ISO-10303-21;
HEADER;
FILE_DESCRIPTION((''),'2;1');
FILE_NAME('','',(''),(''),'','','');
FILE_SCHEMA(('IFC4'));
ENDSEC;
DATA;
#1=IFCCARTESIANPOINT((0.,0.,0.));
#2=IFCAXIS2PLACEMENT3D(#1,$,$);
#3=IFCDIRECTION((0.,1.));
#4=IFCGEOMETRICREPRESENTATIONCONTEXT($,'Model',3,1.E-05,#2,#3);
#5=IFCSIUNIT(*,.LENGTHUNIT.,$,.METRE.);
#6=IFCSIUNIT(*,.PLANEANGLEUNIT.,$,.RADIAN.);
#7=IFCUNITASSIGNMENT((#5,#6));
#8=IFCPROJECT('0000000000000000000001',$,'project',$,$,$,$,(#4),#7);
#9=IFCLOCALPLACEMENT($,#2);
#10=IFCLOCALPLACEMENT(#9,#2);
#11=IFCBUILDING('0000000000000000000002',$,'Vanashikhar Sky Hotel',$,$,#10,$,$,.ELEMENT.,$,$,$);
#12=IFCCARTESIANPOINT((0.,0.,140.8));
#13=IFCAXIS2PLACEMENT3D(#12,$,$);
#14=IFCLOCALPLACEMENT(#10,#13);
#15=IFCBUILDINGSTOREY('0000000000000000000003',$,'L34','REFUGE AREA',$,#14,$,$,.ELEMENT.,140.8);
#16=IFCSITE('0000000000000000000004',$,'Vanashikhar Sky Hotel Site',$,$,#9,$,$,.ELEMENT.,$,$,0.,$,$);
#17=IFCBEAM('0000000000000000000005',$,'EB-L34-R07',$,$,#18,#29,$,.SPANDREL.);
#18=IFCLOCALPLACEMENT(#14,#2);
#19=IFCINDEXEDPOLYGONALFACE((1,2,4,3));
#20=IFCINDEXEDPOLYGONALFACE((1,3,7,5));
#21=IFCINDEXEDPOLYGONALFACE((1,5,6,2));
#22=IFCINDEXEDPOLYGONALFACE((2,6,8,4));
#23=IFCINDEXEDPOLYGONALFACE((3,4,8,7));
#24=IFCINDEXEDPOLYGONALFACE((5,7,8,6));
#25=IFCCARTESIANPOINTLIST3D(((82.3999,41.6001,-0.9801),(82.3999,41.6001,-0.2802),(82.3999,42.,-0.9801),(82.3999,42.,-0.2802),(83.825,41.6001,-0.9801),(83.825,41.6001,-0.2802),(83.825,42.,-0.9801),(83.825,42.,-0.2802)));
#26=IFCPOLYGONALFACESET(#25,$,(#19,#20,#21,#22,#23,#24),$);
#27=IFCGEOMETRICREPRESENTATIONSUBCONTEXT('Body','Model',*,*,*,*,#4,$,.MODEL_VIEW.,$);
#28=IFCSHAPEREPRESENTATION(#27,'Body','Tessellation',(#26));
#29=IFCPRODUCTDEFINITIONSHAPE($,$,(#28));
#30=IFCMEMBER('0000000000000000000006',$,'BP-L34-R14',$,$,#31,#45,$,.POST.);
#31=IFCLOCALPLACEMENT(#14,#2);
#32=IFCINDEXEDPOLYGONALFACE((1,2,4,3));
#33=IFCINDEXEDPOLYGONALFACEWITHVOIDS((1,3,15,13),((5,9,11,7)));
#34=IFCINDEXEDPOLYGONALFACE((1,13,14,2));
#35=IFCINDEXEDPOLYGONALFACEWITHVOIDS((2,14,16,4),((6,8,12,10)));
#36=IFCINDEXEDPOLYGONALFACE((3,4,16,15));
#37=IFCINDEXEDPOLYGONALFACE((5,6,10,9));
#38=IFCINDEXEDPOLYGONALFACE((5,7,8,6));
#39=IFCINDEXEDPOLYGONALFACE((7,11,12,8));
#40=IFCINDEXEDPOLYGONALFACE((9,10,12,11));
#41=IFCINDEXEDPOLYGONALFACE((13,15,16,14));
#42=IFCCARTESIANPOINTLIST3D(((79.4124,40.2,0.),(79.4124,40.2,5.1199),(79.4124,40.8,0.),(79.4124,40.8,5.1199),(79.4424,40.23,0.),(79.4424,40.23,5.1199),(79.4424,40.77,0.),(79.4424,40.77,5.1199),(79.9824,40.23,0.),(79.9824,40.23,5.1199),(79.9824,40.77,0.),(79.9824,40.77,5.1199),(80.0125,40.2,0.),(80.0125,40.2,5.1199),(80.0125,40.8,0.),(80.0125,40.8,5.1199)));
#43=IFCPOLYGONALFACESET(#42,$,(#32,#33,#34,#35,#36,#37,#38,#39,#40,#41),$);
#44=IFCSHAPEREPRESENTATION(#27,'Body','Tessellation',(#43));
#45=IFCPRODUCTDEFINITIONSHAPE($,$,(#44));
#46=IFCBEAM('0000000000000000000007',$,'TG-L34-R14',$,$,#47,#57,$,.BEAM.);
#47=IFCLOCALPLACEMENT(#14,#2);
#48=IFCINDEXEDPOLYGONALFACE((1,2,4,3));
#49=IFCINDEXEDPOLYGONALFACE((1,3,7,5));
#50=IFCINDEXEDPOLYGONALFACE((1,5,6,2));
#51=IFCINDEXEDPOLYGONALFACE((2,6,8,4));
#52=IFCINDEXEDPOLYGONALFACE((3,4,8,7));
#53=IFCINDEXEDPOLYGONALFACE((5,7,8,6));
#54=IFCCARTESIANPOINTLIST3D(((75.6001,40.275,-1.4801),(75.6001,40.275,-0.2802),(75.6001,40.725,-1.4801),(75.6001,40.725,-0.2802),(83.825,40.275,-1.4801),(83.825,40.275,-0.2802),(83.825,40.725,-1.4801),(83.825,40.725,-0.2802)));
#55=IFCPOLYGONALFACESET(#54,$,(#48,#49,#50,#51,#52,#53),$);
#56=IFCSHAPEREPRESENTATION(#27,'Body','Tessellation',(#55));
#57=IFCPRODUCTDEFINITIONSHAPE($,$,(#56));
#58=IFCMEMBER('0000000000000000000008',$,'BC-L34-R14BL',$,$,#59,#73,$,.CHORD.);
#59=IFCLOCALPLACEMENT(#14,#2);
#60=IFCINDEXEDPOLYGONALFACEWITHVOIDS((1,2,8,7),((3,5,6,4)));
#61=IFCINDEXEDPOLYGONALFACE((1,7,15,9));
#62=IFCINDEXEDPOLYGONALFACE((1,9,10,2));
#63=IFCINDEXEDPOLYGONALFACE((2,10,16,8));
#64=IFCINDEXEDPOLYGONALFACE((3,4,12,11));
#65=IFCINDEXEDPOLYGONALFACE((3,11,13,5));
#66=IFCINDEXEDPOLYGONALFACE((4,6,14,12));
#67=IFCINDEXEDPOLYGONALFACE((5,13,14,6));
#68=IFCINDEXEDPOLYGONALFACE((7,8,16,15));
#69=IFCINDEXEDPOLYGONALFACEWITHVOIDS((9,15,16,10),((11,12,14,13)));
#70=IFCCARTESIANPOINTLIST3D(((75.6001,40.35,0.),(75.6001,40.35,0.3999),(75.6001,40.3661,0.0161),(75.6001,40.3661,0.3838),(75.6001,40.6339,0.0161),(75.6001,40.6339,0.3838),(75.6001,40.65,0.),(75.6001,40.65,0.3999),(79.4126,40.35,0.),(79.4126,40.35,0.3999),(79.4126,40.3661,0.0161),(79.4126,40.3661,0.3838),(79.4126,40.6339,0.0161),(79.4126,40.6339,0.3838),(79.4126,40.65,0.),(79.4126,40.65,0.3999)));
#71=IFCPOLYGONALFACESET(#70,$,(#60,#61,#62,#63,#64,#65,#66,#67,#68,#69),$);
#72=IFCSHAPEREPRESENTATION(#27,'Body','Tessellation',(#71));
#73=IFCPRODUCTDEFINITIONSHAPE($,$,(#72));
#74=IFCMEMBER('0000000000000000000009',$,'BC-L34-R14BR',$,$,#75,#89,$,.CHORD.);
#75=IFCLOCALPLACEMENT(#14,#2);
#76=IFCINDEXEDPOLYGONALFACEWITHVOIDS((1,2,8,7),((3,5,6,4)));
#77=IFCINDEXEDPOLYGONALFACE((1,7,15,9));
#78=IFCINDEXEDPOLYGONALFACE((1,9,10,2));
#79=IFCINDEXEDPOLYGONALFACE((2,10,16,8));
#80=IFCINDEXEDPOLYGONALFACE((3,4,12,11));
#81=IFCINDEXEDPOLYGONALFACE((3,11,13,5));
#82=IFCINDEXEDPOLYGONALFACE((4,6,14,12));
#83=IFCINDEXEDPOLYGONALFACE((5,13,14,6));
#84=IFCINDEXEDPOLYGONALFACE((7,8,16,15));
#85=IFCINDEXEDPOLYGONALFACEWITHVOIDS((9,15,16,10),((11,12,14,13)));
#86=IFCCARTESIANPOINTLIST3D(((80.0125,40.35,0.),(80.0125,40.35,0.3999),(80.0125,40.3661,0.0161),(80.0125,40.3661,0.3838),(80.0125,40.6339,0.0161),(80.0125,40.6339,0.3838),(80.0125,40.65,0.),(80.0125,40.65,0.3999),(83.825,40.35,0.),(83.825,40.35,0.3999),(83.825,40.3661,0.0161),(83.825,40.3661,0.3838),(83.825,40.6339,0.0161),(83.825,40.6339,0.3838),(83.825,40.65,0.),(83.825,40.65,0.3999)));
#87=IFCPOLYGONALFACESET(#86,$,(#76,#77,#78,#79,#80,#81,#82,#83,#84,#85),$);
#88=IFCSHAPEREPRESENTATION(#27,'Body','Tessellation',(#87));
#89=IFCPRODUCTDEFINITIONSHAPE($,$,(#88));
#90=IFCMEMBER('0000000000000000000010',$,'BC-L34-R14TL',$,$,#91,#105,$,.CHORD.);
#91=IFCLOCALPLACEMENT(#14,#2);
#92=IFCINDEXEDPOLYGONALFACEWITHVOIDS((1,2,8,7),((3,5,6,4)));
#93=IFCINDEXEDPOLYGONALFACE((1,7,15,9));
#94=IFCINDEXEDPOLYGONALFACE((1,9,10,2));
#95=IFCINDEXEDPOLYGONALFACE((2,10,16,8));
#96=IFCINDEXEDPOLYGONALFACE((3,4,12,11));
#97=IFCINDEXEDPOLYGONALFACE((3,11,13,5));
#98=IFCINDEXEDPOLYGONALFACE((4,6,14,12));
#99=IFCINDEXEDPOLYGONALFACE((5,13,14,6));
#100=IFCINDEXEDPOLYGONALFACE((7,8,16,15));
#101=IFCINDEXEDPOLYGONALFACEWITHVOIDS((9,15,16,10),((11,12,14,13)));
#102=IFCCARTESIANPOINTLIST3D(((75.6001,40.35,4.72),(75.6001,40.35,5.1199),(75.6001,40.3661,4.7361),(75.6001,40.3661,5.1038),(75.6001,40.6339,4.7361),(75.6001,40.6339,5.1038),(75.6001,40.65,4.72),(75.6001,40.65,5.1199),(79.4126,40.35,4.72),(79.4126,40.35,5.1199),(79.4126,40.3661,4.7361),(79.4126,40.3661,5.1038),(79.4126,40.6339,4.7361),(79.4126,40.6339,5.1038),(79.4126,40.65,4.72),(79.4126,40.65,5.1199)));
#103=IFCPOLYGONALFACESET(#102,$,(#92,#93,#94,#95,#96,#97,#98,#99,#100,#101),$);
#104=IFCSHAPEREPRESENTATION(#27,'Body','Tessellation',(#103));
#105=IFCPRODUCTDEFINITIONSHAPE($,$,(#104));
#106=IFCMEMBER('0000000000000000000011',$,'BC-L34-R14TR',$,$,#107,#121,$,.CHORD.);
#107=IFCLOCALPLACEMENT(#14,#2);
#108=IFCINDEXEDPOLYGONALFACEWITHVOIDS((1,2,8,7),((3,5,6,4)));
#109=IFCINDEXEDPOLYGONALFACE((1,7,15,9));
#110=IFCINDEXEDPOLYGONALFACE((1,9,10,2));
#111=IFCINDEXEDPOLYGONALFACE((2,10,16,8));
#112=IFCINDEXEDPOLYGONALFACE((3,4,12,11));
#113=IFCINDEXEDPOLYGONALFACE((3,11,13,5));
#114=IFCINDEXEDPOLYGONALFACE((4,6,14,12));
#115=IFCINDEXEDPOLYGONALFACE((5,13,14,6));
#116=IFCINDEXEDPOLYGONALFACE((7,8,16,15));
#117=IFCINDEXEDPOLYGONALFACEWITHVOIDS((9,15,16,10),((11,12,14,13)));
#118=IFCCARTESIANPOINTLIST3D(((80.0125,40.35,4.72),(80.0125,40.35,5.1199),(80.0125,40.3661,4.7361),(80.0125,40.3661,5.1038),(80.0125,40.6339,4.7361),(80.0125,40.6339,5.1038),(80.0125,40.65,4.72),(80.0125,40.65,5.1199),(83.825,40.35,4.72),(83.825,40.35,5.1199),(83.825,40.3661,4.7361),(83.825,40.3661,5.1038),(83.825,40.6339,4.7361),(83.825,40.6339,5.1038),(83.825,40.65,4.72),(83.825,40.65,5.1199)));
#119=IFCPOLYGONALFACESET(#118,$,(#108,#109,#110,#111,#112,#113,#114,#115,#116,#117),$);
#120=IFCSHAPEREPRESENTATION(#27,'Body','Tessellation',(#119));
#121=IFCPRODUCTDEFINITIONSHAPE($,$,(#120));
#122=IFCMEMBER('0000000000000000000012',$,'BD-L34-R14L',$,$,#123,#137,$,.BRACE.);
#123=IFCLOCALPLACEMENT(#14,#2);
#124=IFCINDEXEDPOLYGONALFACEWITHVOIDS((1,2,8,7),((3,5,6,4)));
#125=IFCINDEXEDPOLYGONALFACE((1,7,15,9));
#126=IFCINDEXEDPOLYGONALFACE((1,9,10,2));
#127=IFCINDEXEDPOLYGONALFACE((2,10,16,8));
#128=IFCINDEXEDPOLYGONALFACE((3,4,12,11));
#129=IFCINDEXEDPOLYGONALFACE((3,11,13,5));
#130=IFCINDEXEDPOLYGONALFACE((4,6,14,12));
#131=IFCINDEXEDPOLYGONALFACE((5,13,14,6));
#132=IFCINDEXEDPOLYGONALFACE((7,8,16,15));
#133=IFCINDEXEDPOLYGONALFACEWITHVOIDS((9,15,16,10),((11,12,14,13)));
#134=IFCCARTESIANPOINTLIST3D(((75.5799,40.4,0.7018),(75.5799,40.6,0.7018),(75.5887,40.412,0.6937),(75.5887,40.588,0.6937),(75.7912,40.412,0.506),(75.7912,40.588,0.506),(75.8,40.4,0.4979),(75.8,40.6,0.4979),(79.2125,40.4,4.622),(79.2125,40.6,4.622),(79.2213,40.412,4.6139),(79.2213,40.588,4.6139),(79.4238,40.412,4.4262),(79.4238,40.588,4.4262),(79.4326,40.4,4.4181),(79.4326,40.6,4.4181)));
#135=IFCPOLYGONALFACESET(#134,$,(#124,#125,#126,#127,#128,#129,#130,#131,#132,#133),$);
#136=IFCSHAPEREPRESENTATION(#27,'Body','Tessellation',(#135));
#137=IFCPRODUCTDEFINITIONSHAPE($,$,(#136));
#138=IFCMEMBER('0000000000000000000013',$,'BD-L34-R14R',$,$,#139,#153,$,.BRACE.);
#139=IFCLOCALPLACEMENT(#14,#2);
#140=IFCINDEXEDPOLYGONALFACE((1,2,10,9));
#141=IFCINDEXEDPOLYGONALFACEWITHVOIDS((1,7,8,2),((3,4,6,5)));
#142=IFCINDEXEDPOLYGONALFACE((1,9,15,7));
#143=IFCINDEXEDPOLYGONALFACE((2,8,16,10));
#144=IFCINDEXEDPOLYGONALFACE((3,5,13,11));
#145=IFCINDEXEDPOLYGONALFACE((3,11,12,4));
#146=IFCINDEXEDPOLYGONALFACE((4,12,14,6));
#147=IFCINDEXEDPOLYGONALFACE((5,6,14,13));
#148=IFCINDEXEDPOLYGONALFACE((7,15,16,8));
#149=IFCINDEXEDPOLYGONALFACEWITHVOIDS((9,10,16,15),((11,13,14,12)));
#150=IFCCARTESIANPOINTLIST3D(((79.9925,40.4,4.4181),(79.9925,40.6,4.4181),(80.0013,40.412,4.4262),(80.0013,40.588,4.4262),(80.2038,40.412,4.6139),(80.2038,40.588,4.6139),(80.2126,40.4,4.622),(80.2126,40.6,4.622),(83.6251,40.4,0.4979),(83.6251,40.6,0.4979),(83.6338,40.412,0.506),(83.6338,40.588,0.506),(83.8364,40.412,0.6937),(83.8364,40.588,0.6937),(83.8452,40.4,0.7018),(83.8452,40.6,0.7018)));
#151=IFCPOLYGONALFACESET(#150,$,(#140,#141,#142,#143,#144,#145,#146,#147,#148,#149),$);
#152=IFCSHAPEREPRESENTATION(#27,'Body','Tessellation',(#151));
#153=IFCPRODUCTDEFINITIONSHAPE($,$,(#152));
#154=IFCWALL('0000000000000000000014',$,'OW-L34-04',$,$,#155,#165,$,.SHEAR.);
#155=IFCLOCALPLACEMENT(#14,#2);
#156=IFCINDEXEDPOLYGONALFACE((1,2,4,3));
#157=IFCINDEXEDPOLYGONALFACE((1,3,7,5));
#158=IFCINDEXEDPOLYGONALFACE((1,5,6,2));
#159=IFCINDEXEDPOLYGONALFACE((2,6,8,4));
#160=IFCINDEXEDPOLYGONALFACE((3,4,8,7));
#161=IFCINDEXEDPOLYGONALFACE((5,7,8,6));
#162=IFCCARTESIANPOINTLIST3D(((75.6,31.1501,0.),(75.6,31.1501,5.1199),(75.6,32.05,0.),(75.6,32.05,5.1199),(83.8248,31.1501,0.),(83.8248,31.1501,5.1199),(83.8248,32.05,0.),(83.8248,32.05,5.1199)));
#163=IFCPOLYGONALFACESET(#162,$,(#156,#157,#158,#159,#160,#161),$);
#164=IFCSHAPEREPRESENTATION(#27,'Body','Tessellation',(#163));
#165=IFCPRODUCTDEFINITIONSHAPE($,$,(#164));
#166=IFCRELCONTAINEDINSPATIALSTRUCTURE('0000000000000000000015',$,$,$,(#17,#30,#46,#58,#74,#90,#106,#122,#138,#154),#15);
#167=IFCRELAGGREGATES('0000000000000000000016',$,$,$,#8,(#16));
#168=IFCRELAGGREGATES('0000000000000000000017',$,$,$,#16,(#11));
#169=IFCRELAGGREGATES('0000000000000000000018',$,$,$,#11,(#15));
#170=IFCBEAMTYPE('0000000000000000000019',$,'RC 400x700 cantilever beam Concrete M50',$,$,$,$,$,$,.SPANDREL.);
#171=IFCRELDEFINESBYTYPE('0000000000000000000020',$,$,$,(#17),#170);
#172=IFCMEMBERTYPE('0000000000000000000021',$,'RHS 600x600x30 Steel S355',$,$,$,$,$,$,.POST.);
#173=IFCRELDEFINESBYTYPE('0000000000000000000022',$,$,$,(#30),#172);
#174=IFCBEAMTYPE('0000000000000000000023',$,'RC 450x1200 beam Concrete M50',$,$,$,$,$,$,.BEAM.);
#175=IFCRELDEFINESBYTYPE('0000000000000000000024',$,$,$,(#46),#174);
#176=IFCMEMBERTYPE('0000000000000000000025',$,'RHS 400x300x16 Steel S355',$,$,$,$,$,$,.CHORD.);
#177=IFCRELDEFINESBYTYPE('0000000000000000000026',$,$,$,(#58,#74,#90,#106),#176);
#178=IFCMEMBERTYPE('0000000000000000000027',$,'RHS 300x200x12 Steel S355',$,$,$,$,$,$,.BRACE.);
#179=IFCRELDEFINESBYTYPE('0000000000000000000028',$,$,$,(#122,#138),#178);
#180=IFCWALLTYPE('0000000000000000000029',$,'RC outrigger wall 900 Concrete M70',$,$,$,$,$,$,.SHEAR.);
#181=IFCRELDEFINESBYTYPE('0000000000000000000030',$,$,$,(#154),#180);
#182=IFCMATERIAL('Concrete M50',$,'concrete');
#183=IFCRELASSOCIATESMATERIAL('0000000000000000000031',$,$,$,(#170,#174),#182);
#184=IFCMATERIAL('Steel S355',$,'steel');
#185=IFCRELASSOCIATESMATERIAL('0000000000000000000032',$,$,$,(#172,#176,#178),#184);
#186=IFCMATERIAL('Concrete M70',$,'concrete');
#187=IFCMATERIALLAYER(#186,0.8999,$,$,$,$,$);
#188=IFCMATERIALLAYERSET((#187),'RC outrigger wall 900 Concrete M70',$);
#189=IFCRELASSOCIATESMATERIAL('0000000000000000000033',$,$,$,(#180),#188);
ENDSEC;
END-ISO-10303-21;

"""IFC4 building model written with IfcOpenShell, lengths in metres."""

from ifc_helpers import new_model, si_unit, direction, frame, frame_2d, origin, origin_2d, place, context, subcontext, project, spatial, rectangle, hollow_rectangle, extrude, source, transform, mapped, material, layer, layer_set, material_profile, profile_set, type_object, element, save


model = new_model("IFC4")

# Units and contexts
model_context = context("Model", 3, precision=1e-05, world=origin(), true_north=direction((0.0, 1.0)))
body_context = subcontext(model_context, "Body", "Model", "MODEL_VIEW")
ifc_project = project(units=[si_unit("LENGTHUNIT", "METRE"), si_unit("PLANEANGLEUNIT", "RADIAN")], contexts=[model_context])

# Site, building, storey
site_placement = place(None, origin())
site = spatial("IfcSite", under=ifc_project, at=site_placement, Name="Vanashikhar Sky Hotel Site", CompositionType="ELEMENT", RefElevation=0.0)
building_placement = place(site_placement, origin())
building = spatial("IfcBuilding", under=site, at=building_placement, Name="Vanashikhar Sky Hotel", CompositionType="ELEMENT")
storey_placement = place(building_placement, frame((0.0, 0.0, 140.8)))
storey = spatial("IfcBuildingStorey", under=building, at=storey_placement, Name="L34", Description="REFUGE AREA", CompositionType="ELEMENT", Elevation=140.8)

# Beam
ifc_material_1 = material(Name="Concrete M50", Category="concrete")
ifc_material_profile_1 = material_profile(ifc_material_1, rectangle(XDim=0.3999, YDim=0.7, at=origin_2d()))
ifc_profile_set_1 = profile_set([ifc_material_profile_1], Name="RC 400x700 cantilever beam Concrete M50")
beam_type_1 = type_object("IfcBeamType", Name="RC 400x700 cantilever beam Concrete M50", PredefinedType="SPANDREL", material=ifc_profile_set_1)
shared_shape_1 = source(origin(), body_context, "Body", "SweptSolid", [
    extrude(rectangle(XDim=0.3999, YDim=0.7, at=origin_2d()), origin(), (0.0, 0.0, 1.0), 1.425),
])
beam_1_placement = place(storey_placement, frame((82.3999, 41.8, -0.6301), z_axis=(1.0, 0.0, 0.0), x_axis=(0.0, 1.0, 0.0)))
element("IfcBeam", 1, at=beam_1_placement, inside=storey, type_object=beam_type_1, Name="EB-L34-R07", PredefinedType="SPANDREL", context=body_context, shape_type="MappedRepresentation", body=[
    mapped(shared_shape_1, transform((0.0, 0.0, 0.0), scale=1.0)),
])

# Member
ifc_material_2 = material(Name="Steel S355", Category="steel")
ifc_material_profile_2 = material_profile(ifc_material_2, hollow_rectangle(XDim=0.6001, YDim=0.6001, WallThickness=0.03, at=origin_2d()))
ifc_profile_set_2 = profile_set([ifc_material_profile_2], Name="RHS 600x600x30 Steel S355")
member_type_1 = type_object("IfcMemberType", Name="RHS 600x600x30 Steel S355", PredefinedType="POST", material=ifc_profile_set_2)
shared_shape_2 = source(origin(), body_context, "Body", "SweptSolid", [
    extrude(hollow_rectangle(XDim=0.6001, YDim=0.6001, WallThickness=0.03, at=origin_2d()), origin(), (0.0, 0.0, 1.0), 5.1199),
])
member_placement = place(storey_placement, frame((79.7124, 40.5, 0.0), z_axis=(0.0, 0.0, 1.0), x_axis=(1.0, 0.0, 0.0)))
element("IfcMember", 2, at=member_placement, inside=storey, type_object=member_type_1, Name="BP-L34-R14", PredefinedType="POST", context=body_context, shape_type="MappedRepresentation", body=[
    mapped(shared_shape_2, transform((0.0, 0.0, 0.0), scale=1.0)),
])

# Beam
ifc_material_profile_3 = material_profile(ifc_material_1, rectangle(XDim=0.45, YDim=1.2, at=origin_2d()))
ifc_profile_set_3 = profile_set([ifc_material_profile_3], Name="RC 450x1200 beam Concrete M50")
beam_type_2 = type_object("IfcBeamType", Name="RC 450x1200 beam Concrete M50", PredefinedType="BEAM", material=ifc_profile_set_3)
shared_shape_3 = source(origin(), body_context, "Body", "SweptSolid", [
    extrude(rectangle(XDim=0.45, YDim=1.2, at=origin_2d()), origin(), (0.0, 0.0, 1.0), 8.2249),
])
beam_2_placement = place(storey_placement, frame((75.6001, 40.5, -0.8801), z_axis=(1.0, 0.0, 0.0), x_axis=(0.0, 1.0, 0.0)))
element("IfcBeam", 3, at=beam_2_placement, inside=storey, type_object=beam_type_2, Name="TG-L34-R14", PredefinedType="BEAM", context=body_context, shape_type="MappedRepresentation", body=[
    mapped(shared_shape_3, transform((0.0, 0.0, 0.0), scale=1.0)),
])

# Members
ifc_material_profile_4 = material_profile(ifc_material_2, hollow_rectangle(XDim=0.3, YDim=0.3999, WallThickness=0.0161, at=origin_2d()))
ifc_profile_set_4 = profile_set([ifc_material_profile_4], Name="RHS 400x300x16 Steel S355")
member_type_2 = type_object("IfcMemberType", Name="RHS 400x300x16 Steel S355", PredefinedType="CHORD", material=ifc_profile_set_4)
shared_shape_4 = source(origin(), body_context, "Body", "SweptSolid", [
    extrude(hollow_rectangle(XDim=0.3, YDim=0.3999, WallThickness=0.0161, at=origin_2d()), origin(), (0.0, 0.0, 1.0), 3.8125),
])
for number, where, z_axis, x_axis, name in (
    (4, (75.6001, 40.5, 0.2), (1.0, 0.0, 0.0), (0.0, 1.0, 0.0), "BC-L34-R14BL"),
    (5, (80.0125, 40.5, 0.2), (1.0, 0.0, 0.0), (0.0, 1.0, 0.0), "BC-L34-R14BR"),
    (6, (75.6001, 40.5, 4.9199), (1.0, 0.0, 0.0), (0.0, 1.0, 0.0), "BC-L34-R14TL"),
    (7, (80.0125, 40.5, 4.9199), (1.0, 0.0, 0.0), (0.0, 1.0, 0.0), "BC-L34-R14TR"),
):
    element("IfcMember", number, at=place(storey_placement, frame(where, z_axis=z_axis, x_axis=x_axis)), inside=storey, type_object=member_type_2, Name=name, PredefinedType="CHORD", context=body_context, shape_type="MappedRepresentation", body=[
        mapped(shared_shape_4, transform((0.0, 0.0, 0.0), scale=1.0)),
    ])
ifc_material_profile_5 = material_profile(ifc_material_2, hollow_rectangle(XDim=0.2, YDim=0.3, WallThickness=0.012, at=origin_2d()))
ifc_profile_set_5 = profile_set([ifc_material_profile_5], Name="RHS 300x200x12 Steel S355")
member_type_3 = type_object("IfcMemberType", Name="RHS 300x200x12 Steel S355", PredefinedType="BRACE", material=ifc_profile_set_5)
shared_shape_5 = source(origin(), body_context, "Body", "SweptSolid", [
    extrude(hollow_rectangle(XDim=0.2, YDim=0.3, WallThickness=0.012, at=origin_2d()), origin(), (0.0, 0.0, 1.0), 5.3445),
])
for number, where, z_axis, x_axis, name in (
    (8, (75.6899, 40.5, 0.5999), (0.679689, 0.0, 0.733501), (0.0, 1.0, 0.0), "BD-L34-R14L"),
    (9, (83.7351, 40.5, 0.5999), (-0.679689, 0.0, 0.733501), (0.0, -1.0, 0.0), "BD-L34-R14R"),
):
    element("IfcMember", number, at=place(storey_placement, frame(where, z_axis=z_axis, x_axis=x_axis)), inside=storey, type_object=member_type_3, Name=name, PredefinedType="BRACE", context=body_context, shape_type="MappedRepresentation", body=[
        mapped(shared_shape_5, transform((0.0, 0.0, 0.0), scale=1.0)),
    ])

# Wall
ifc_material_3 = material(Name="Concrete M70", Category="concrete")
ifc_layer_1 = layer(ifc_material_3, 0.8999)
ifc_layer_set_1 = layer_set([ifc_layer_1], Name="RC outrigger wall 900 Concrete M70")
wall_type_1 = type_object("IfcWallType", Name="RC outrigger wall 900 Concrete M70", PredefinedType="SHEAR", material=ifc_layer_set_1)
shared_shape_6 = source(origin(), body_context, "Body", "SweptSolid", [
    extrude(rectangle(XDim=8.2249, YDim=0.8999, at=frame_2d((4.1123, 0.0))), origin(), (0.0, 0.0, 1.0), 5.1199),
])
wall_1_placement = place(storey_placement, frame((75.6001, 31.6001, 0.0), z_axis=(0.0, 0.0, 1.0), x_axis=(1.0, 0.0, 0.0)))
element("IfcWall", 10, at=wall_1_placement, inside=storey, type_object=wall_type_1, Name="OW-L34-04", PredefinedType="SHEAR", context=body_context, shape_type="MappedRepresentation", body=[
    mapped(shared_shape_6, transform((0.0, 0.0, 0.0), scale=1.0)),
])

save(model, "model.ifc")
